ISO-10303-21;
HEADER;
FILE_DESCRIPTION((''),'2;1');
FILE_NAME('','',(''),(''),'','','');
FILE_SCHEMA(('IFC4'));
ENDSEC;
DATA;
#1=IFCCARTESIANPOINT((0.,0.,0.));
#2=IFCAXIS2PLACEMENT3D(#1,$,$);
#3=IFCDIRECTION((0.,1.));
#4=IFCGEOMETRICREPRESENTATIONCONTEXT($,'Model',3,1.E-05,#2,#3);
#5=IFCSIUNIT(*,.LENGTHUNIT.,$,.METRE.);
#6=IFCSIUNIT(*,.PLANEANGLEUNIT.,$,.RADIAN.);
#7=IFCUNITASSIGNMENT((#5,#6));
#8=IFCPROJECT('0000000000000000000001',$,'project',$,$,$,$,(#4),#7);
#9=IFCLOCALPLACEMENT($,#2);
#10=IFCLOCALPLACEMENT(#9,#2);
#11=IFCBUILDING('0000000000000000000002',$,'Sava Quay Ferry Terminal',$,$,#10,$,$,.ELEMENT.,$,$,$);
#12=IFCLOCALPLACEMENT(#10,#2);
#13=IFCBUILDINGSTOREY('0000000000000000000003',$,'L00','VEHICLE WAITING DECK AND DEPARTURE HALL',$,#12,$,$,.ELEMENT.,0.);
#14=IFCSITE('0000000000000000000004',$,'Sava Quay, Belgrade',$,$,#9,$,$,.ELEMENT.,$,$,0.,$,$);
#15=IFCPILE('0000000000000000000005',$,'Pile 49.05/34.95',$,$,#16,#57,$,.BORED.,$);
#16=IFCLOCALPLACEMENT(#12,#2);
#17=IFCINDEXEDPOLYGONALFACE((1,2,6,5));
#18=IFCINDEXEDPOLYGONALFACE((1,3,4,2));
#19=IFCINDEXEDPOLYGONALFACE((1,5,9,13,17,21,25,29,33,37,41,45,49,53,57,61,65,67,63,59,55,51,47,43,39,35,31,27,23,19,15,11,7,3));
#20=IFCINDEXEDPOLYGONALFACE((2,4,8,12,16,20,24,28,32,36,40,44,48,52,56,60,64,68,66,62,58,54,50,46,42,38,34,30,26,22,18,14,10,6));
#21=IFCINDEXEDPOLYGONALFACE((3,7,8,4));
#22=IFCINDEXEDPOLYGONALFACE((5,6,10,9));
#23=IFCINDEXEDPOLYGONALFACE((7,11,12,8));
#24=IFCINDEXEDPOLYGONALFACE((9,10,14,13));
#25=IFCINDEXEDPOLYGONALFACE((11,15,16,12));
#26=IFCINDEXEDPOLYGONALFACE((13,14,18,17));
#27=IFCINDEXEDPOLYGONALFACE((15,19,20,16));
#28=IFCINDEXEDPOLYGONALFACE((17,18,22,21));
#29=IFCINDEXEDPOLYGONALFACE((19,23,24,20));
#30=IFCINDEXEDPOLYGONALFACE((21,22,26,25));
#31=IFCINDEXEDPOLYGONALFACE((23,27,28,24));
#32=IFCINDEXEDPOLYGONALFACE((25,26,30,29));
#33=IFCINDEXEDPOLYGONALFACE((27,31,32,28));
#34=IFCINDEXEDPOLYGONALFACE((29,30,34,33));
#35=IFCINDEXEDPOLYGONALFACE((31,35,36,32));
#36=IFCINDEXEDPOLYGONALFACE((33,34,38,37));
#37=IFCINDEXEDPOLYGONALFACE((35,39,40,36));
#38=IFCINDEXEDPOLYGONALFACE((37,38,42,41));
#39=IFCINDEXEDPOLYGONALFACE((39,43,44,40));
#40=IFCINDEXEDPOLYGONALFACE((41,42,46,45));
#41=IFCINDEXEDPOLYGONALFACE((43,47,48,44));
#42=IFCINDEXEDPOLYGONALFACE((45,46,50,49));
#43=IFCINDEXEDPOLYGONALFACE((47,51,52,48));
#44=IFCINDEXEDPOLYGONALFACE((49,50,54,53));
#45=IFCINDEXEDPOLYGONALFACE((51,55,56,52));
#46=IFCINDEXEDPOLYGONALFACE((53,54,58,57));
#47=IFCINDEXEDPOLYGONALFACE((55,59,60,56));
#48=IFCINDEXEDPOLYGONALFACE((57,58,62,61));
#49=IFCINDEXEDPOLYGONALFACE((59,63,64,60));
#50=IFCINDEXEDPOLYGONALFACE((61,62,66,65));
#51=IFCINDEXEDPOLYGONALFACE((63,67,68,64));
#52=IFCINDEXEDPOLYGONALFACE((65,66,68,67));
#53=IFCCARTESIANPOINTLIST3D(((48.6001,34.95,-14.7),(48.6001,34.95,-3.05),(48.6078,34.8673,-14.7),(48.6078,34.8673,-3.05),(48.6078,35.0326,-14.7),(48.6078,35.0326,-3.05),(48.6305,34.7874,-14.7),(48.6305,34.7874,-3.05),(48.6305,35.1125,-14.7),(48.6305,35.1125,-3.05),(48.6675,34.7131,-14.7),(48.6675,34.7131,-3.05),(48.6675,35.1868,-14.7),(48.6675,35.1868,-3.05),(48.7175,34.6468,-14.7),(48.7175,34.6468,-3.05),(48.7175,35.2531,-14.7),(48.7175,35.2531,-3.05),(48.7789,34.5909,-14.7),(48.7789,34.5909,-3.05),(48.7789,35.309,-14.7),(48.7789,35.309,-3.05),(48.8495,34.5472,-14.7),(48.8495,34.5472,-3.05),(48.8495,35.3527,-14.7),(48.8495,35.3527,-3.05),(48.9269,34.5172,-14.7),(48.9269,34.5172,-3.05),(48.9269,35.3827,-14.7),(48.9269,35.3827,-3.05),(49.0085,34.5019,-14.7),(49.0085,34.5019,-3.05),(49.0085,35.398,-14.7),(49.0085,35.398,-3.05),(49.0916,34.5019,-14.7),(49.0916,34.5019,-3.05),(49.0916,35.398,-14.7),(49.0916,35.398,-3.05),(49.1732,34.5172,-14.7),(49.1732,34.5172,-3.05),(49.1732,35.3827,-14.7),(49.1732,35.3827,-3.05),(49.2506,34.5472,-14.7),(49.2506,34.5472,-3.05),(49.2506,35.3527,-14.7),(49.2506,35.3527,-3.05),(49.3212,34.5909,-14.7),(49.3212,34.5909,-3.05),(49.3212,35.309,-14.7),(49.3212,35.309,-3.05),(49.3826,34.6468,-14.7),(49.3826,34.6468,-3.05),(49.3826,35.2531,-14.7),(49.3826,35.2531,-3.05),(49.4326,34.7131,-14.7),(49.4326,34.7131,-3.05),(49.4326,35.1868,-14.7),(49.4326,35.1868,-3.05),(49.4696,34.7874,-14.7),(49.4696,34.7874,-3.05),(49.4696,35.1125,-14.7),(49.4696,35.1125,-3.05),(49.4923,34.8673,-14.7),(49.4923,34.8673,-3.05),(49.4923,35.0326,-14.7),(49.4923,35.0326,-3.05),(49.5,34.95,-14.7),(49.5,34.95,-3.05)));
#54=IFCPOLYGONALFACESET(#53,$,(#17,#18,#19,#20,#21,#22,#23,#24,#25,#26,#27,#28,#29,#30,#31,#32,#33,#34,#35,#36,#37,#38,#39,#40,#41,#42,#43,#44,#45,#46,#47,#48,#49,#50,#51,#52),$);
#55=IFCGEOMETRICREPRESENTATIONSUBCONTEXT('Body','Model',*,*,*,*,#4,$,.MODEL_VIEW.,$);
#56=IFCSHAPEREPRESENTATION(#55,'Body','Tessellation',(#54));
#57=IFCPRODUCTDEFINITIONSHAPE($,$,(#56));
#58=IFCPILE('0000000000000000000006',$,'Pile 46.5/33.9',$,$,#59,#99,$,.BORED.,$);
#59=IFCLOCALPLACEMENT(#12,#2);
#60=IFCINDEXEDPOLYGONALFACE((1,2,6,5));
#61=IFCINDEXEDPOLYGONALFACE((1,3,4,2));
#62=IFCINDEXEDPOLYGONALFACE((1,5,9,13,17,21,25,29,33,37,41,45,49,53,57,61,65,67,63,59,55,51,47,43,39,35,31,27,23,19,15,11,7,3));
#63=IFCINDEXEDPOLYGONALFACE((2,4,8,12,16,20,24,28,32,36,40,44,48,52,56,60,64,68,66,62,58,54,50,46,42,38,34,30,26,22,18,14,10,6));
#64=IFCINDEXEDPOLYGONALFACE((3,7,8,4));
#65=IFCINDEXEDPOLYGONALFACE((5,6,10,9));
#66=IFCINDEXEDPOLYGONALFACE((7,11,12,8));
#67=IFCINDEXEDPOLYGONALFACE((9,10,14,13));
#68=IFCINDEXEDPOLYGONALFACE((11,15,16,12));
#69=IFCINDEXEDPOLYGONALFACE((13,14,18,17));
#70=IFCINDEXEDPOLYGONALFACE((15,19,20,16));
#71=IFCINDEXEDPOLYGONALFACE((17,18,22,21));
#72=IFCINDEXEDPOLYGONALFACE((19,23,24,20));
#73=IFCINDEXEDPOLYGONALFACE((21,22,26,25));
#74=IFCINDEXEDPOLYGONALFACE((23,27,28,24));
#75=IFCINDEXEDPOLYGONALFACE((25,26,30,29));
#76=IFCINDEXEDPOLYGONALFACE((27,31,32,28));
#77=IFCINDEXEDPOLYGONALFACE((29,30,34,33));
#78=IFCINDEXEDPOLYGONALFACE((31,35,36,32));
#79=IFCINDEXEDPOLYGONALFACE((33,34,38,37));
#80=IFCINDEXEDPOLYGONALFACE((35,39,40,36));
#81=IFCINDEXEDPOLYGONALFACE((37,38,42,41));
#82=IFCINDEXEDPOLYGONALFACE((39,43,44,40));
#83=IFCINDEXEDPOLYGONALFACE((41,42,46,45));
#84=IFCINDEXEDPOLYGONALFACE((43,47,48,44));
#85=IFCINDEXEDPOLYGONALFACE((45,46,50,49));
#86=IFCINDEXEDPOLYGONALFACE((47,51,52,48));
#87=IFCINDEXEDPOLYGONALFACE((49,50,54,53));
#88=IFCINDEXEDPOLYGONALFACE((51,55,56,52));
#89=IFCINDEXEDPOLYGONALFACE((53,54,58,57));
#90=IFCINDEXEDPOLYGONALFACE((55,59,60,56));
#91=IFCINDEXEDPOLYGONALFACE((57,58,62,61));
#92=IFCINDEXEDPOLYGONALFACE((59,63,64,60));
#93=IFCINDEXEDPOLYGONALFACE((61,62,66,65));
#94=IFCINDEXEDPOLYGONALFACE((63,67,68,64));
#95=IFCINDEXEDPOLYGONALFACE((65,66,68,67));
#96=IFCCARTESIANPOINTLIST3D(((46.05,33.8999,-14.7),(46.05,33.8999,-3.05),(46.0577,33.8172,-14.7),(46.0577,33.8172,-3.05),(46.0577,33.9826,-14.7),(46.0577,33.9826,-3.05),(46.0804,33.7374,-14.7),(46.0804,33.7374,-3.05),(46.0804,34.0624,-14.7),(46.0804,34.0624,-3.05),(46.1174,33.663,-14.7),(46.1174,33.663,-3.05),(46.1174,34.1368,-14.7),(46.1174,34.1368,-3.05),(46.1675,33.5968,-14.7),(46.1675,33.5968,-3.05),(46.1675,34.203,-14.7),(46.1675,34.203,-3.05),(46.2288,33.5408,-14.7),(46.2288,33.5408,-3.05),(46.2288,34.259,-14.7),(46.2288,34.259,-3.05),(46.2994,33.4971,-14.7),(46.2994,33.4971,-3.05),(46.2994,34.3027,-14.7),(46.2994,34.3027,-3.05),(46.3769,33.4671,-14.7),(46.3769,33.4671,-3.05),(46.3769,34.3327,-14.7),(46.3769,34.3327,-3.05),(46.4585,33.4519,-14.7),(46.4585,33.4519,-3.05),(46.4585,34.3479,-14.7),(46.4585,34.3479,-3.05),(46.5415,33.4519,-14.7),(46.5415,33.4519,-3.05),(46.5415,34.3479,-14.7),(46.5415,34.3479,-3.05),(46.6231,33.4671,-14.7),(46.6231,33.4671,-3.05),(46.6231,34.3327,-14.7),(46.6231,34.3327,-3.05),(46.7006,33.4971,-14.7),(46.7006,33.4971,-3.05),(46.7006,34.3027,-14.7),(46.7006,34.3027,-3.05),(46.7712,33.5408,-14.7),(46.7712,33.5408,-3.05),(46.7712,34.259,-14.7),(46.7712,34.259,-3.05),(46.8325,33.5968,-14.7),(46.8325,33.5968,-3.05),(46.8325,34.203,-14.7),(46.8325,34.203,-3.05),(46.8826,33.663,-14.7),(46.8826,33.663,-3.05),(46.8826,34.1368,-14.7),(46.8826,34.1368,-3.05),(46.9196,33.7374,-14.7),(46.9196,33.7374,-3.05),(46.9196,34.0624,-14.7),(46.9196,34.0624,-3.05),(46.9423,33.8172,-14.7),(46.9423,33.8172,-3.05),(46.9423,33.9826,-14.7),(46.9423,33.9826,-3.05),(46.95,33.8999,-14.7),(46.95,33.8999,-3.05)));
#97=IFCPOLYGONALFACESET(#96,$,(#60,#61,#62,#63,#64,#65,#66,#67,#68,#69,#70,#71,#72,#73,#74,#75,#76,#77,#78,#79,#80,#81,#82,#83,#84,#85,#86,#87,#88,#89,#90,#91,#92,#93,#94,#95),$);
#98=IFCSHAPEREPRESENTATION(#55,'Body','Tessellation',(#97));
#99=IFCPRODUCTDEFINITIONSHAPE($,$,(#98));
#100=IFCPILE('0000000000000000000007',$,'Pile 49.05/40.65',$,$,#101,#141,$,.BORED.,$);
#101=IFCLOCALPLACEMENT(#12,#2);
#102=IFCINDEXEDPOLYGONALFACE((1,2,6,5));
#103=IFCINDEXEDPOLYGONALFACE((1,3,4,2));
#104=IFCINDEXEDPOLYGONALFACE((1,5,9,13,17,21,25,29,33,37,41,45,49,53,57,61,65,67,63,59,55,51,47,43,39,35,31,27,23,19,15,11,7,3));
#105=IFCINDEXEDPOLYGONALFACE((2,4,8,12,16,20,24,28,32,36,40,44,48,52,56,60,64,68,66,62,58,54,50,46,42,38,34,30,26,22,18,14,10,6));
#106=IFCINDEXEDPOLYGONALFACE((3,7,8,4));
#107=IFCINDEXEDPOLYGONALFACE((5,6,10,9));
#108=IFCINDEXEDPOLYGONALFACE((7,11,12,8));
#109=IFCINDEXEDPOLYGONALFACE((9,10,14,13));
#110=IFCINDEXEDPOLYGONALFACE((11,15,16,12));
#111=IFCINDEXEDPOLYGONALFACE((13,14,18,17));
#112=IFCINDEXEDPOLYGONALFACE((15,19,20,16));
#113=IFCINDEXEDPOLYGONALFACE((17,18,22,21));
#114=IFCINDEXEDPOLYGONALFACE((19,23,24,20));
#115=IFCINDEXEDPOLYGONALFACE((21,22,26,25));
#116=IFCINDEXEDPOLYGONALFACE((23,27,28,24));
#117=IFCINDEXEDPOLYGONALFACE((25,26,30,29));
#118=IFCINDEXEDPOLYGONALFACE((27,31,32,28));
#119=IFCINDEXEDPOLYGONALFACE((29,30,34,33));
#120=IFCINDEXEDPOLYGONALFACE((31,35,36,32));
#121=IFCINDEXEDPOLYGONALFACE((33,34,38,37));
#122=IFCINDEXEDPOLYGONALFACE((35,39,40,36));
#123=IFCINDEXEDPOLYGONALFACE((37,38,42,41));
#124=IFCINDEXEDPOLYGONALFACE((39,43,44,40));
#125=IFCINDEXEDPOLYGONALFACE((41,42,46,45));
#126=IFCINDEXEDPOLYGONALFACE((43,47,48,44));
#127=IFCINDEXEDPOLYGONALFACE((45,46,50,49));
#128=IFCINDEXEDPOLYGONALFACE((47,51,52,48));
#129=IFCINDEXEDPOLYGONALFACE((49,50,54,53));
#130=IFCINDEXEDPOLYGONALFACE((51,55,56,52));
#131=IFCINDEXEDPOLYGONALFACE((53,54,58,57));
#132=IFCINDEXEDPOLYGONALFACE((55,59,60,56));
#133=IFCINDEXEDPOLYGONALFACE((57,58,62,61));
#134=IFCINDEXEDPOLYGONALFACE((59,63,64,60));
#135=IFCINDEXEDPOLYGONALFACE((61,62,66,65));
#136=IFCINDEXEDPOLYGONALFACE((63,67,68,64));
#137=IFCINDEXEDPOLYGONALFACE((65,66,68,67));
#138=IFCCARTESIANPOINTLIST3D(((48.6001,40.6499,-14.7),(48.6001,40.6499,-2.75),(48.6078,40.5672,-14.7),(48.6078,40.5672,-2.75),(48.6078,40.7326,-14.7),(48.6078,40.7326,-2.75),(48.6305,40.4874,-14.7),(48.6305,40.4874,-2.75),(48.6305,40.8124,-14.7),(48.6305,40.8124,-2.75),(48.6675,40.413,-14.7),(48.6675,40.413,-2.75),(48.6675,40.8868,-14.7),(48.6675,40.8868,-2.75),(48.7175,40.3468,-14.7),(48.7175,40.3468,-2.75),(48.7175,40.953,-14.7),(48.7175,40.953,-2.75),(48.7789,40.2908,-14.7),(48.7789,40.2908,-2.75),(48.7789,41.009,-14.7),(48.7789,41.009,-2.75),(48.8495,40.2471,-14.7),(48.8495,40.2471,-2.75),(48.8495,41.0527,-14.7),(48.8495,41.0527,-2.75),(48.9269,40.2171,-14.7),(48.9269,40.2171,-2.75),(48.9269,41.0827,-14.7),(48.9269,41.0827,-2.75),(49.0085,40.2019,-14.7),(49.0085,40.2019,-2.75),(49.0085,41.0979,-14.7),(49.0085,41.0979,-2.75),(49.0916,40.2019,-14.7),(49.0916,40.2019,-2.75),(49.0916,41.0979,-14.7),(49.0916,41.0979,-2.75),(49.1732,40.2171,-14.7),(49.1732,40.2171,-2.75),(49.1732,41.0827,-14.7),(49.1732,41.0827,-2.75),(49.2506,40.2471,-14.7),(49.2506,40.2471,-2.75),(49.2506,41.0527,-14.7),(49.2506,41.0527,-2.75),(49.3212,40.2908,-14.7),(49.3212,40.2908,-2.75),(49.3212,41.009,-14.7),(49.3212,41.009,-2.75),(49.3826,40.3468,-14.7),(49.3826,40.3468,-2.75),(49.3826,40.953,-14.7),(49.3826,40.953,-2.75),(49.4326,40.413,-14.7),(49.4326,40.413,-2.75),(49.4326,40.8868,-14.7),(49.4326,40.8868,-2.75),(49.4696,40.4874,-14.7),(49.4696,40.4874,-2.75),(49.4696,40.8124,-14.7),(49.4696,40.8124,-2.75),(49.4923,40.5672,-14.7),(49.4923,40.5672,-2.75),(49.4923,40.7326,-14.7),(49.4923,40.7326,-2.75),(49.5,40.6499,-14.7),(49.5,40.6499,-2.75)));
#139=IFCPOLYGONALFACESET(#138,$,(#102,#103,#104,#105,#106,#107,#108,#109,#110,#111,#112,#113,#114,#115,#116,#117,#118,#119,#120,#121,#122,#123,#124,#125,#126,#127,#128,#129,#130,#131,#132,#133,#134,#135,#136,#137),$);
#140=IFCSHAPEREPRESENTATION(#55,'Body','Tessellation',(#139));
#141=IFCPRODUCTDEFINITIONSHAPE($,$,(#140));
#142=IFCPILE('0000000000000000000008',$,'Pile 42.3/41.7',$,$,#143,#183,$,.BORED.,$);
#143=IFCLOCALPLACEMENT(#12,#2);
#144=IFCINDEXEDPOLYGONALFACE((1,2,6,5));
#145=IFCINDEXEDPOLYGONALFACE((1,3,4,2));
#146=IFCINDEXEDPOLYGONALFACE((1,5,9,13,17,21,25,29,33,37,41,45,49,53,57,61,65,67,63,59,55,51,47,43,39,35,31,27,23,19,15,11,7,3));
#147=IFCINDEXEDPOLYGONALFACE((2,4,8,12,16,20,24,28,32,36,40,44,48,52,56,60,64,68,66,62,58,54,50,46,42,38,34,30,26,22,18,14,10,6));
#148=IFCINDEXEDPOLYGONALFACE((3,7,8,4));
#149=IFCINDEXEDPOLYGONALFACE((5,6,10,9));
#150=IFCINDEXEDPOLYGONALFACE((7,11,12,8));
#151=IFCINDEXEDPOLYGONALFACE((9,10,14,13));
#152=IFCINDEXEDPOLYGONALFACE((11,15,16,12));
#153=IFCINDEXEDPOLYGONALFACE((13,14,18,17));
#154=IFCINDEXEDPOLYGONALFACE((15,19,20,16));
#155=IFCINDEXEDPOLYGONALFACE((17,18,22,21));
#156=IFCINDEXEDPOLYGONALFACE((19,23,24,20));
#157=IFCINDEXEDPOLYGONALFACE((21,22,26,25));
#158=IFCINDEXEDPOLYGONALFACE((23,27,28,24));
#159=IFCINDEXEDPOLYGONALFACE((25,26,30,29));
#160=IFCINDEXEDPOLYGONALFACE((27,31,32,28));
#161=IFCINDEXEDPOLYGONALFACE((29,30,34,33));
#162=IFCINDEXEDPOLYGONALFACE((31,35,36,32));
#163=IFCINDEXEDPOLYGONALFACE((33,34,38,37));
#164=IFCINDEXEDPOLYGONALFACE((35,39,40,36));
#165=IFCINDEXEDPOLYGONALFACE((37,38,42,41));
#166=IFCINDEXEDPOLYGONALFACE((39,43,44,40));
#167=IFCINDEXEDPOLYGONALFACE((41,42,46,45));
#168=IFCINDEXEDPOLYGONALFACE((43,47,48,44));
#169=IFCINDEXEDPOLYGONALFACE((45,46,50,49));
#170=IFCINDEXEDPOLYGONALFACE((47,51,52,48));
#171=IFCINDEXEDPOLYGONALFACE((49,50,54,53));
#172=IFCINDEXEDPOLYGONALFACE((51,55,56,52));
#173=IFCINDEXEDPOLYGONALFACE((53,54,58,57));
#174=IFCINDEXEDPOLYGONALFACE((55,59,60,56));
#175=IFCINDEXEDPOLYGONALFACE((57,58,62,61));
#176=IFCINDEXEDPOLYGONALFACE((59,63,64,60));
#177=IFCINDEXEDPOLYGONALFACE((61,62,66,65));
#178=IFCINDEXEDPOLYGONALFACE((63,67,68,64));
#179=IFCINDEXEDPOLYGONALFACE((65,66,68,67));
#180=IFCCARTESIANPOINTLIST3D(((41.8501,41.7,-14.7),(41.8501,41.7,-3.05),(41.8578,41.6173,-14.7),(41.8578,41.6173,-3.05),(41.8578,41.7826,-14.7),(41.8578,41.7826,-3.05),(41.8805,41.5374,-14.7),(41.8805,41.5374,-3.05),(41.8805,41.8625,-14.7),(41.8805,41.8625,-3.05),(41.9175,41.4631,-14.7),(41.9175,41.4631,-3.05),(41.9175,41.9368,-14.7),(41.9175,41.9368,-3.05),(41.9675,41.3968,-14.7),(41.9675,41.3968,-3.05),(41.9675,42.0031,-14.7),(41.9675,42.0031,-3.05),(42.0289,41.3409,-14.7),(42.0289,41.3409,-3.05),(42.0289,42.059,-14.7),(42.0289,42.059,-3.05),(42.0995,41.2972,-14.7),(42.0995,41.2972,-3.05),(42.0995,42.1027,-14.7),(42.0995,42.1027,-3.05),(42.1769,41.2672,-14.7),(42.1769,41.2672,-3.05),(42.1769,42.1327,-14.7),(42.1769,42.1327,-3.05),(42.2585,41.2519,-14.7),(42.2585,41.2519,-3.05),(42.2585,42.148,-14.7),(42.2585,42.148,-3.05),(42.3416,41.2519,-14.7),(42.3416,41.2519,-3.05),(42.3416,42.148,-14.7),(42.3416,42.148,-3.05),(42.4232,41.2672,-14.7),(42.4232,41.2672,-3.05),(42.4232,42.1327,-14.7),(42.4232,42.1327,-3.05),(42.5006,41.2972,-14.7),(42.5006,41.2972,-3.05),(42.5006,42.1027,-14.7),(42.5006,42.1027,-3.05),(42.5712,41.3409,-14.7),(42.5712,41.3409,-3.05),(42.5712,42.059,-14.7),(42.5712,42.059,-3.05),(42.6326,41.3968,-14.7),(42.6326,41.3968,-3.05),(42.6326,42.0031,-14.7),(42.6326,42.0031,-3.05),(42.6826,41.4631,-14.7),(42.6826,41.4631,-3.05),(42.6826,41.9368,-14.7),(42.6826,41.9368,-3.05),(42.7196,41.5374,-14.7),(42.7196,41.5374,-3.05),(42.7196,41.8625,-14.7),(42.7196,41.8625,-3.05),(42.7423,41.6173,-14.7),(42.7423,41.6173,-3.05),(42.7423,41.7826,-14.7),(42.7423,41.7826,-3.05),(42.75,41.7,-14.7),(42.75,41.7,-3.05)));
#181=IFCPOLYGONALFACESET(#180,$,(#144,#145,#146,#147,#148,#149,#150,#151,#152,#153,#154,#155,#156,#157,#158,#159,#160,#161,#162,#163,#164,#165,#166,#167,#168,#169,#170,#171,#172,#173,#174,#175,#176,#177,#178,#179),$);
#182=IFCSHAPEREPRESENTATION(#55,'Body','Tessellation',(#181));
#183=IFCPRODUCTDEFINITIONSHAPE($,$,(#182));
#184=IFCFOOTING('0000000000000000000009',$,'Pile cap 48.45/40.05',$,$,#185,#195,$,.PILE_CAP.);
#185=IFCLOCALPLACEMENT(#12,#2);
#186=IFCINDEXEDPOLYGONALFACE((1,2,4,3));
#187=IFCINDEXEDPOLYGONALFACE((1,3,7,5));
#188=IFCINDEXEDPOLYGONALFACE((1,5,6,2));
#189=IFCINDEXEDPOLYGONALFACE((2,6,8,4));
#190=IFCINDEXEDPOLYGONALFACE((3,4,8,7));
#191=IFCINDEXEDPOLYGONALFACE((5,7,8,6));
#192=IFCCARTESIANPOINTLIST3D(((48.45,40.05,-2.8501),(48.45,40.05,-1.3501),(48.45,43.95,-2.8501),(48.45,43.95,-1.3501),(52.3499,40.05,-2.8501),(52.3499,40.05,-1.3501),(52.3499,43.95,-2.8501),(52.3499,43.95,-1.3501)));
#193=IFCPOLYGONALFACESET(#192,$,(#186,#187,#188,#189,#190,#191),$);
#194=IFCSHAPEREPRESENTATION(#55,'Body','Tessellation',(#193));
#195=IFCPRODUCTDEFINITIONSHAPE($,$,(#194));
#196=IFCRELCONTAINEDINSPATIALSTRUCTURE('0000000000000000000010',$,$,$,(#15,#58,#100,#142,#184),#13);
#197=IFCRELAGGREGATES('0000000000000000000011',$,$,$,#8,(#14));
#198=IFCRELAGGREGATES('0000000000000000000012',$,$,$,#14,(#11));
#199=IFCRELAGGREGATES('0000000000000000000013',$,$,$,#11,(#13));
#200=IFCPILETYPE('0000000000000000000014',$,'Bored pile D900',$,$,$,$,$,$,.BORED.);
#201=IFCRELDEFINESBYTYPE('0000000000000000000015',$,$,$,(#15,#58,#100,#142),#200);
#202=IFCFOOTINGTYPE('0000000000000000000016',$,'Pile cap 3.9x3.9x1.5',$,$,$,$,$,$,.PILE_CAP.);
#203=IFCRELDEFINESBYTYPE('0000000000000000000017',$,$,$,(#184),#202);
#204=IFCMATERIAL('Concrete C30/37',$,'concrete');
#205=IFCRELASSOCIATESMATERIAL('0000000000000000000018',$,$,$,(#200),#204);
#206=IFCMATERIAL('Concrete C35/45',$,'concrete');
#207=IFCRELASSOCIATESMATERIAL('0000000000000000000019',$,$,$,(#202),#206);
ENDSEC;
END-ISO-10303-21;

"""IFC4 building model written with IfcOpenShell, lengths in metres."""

from ifc_helpers import new_model, si_unit, direction, frame, origin, origin_2d, place, context, subcontext, project, spatial, rectangle, circle, extrude, material, material_profile, profile_set, type_object, element, save


model = new_model("IFC4")

# Units and contexts
model_context = context("Model", 3, precision=1e-05, world=origin(), true_north=direction((0.0, 1.0)))
body_context = subcontext(model_context, "Body", "Model", "MODEL_VIEW")
ifc_project = project(units=[si_unit("LENGTHUNIT", "METRE"), si_unit("PLANEANGLEUNIT", "RADIAN")], contexts=[model_context])

# Site, building, storey
site_placement = place(None, origin())
site = spatial("IfcSite", under=ifc_project, at=site_placement, Name="Sava Quay, Belgrade", CompositionType="ELEMENT", RefElevation=0.0)
building_placement = place(site_placement, origin())
building = spatial("IfcBuilding", under=site, at=building_placement, Name="Sava Quay Ferry Terminal", CompositionType="ELEMENT")
storey_placement = place(building_placement, origin())
storey = spatial("IfcBuildingStorey", under=building, at=storey_placement, Name="L00", Description="VEHICLE WAITING DECK AND DEPARTURE HALL", CompositionType="ELEMENT", Elevation=0.0)

# Piles
ifc_material_1 = material(Name="Concrete C30/37", Category="concrete")
ifc_material_profile_1 = material_profile(ifc_material_1, circle(Radius=0.45, at=origin_2d()), Name="Bored pile D900")
ifc_profile_set_1 = profile_set([ifc_material_profile_1], Name="Concrete C30/37")
pile_type = type_object("IfcPileType", Name="Bored pile D900", PredefinedType="BORED", material=ifc_profile_set_1)
for number, where, z_axis, x_axis, name in (
    (1, (49.05, 34.95, -3.05), (0.0, 0.0, -1.0), (1.0, 0.0, 0.0), "Pile 49.05/34.95"),
    (2, (46.5, 33.8999, -3.05), (0.0, 0.0, -1.0), (1.0, 0.0, 0.0), "Pile 46.5/33.9"),
):
    element("IfcPile", number, at=place(storey_placement, frame(where, z_axis=z_axis, x_axis=x_axis)), inside=storey, type_object=pile_type, Name=name, PredefinedType="BORED", context=body_context, shape_type="SweptSolid", body=[
        extrude(circle(Radius=0.45, at=origin_2d()), origin(), (0.0, 0.0, 1.0), 11.6499),
    ])
pile_1_placement = place(storey_placement, frame((49.05, 40.6499, -2.75), z_axis=(0.0, 0.0, -1.0), x_axis=(1.0, 0.0, 0.0)))
element("IfcPile", 3, at=pile_1_placement, inside=storey, type_object=pile_type, Name="Pile 49.05/40.65", PredefinedType="BORED", context=body_context, shape_type="SweptSolid", body=[
    extrude(circle(Radius=0.45, at=origin_2d()), origin(), (0.0, 0.0, 1.0), 11.95),
])
pile_2_placement = place(storey_placement, frame((42.3, 41.7, -3.05), z_axis=(0.0, 0.0, -1.0), x_axis=(1.0, 0.0, 0.0)))
element("IfcPile", 4, at=pile_2_placement, inside=storey, type_object=pile_type, Name="Pile 42.3/41.7", PredefinedType="BORED", context=body_context, shape_type="SweptSolid", body=[
    extrude(circle(Radius=0.45, at=origin_2d()), origin(), (0.0, 0.0, 1.0), 11.6499),
])

# Footing
ifc_material_2 = material(Name="Concrete C35/45", Category="concrete")
footing_type = type_object("IfcFootingType", Name="Pile cap 3.9x3.9x1.5", PredefinedType="PILE_CAP", material=ifc_material_2)
footing_placement = place(storey_placement, frame((50.3999, 42.0, -2.8501), z_axis=(0.0, 0.0, 1.0), x_axis=(1.0, 0.0, 0.0)))
element("IfcFooting", 5, at=footing_placement, inside=storey, type_object=footing_type, Name="Pile cap 48.45/40.05", PredefinedType="PILE_CAP", context=body_context, shape_type="SweptSolid", body=[
    extrude(rectangle(XDim=3.8999, YDim=3.8999, at=origin_2d()), origin(), (0.0, 0.0, 1.0), 1.5),
])

save(model, "model.ifc")
